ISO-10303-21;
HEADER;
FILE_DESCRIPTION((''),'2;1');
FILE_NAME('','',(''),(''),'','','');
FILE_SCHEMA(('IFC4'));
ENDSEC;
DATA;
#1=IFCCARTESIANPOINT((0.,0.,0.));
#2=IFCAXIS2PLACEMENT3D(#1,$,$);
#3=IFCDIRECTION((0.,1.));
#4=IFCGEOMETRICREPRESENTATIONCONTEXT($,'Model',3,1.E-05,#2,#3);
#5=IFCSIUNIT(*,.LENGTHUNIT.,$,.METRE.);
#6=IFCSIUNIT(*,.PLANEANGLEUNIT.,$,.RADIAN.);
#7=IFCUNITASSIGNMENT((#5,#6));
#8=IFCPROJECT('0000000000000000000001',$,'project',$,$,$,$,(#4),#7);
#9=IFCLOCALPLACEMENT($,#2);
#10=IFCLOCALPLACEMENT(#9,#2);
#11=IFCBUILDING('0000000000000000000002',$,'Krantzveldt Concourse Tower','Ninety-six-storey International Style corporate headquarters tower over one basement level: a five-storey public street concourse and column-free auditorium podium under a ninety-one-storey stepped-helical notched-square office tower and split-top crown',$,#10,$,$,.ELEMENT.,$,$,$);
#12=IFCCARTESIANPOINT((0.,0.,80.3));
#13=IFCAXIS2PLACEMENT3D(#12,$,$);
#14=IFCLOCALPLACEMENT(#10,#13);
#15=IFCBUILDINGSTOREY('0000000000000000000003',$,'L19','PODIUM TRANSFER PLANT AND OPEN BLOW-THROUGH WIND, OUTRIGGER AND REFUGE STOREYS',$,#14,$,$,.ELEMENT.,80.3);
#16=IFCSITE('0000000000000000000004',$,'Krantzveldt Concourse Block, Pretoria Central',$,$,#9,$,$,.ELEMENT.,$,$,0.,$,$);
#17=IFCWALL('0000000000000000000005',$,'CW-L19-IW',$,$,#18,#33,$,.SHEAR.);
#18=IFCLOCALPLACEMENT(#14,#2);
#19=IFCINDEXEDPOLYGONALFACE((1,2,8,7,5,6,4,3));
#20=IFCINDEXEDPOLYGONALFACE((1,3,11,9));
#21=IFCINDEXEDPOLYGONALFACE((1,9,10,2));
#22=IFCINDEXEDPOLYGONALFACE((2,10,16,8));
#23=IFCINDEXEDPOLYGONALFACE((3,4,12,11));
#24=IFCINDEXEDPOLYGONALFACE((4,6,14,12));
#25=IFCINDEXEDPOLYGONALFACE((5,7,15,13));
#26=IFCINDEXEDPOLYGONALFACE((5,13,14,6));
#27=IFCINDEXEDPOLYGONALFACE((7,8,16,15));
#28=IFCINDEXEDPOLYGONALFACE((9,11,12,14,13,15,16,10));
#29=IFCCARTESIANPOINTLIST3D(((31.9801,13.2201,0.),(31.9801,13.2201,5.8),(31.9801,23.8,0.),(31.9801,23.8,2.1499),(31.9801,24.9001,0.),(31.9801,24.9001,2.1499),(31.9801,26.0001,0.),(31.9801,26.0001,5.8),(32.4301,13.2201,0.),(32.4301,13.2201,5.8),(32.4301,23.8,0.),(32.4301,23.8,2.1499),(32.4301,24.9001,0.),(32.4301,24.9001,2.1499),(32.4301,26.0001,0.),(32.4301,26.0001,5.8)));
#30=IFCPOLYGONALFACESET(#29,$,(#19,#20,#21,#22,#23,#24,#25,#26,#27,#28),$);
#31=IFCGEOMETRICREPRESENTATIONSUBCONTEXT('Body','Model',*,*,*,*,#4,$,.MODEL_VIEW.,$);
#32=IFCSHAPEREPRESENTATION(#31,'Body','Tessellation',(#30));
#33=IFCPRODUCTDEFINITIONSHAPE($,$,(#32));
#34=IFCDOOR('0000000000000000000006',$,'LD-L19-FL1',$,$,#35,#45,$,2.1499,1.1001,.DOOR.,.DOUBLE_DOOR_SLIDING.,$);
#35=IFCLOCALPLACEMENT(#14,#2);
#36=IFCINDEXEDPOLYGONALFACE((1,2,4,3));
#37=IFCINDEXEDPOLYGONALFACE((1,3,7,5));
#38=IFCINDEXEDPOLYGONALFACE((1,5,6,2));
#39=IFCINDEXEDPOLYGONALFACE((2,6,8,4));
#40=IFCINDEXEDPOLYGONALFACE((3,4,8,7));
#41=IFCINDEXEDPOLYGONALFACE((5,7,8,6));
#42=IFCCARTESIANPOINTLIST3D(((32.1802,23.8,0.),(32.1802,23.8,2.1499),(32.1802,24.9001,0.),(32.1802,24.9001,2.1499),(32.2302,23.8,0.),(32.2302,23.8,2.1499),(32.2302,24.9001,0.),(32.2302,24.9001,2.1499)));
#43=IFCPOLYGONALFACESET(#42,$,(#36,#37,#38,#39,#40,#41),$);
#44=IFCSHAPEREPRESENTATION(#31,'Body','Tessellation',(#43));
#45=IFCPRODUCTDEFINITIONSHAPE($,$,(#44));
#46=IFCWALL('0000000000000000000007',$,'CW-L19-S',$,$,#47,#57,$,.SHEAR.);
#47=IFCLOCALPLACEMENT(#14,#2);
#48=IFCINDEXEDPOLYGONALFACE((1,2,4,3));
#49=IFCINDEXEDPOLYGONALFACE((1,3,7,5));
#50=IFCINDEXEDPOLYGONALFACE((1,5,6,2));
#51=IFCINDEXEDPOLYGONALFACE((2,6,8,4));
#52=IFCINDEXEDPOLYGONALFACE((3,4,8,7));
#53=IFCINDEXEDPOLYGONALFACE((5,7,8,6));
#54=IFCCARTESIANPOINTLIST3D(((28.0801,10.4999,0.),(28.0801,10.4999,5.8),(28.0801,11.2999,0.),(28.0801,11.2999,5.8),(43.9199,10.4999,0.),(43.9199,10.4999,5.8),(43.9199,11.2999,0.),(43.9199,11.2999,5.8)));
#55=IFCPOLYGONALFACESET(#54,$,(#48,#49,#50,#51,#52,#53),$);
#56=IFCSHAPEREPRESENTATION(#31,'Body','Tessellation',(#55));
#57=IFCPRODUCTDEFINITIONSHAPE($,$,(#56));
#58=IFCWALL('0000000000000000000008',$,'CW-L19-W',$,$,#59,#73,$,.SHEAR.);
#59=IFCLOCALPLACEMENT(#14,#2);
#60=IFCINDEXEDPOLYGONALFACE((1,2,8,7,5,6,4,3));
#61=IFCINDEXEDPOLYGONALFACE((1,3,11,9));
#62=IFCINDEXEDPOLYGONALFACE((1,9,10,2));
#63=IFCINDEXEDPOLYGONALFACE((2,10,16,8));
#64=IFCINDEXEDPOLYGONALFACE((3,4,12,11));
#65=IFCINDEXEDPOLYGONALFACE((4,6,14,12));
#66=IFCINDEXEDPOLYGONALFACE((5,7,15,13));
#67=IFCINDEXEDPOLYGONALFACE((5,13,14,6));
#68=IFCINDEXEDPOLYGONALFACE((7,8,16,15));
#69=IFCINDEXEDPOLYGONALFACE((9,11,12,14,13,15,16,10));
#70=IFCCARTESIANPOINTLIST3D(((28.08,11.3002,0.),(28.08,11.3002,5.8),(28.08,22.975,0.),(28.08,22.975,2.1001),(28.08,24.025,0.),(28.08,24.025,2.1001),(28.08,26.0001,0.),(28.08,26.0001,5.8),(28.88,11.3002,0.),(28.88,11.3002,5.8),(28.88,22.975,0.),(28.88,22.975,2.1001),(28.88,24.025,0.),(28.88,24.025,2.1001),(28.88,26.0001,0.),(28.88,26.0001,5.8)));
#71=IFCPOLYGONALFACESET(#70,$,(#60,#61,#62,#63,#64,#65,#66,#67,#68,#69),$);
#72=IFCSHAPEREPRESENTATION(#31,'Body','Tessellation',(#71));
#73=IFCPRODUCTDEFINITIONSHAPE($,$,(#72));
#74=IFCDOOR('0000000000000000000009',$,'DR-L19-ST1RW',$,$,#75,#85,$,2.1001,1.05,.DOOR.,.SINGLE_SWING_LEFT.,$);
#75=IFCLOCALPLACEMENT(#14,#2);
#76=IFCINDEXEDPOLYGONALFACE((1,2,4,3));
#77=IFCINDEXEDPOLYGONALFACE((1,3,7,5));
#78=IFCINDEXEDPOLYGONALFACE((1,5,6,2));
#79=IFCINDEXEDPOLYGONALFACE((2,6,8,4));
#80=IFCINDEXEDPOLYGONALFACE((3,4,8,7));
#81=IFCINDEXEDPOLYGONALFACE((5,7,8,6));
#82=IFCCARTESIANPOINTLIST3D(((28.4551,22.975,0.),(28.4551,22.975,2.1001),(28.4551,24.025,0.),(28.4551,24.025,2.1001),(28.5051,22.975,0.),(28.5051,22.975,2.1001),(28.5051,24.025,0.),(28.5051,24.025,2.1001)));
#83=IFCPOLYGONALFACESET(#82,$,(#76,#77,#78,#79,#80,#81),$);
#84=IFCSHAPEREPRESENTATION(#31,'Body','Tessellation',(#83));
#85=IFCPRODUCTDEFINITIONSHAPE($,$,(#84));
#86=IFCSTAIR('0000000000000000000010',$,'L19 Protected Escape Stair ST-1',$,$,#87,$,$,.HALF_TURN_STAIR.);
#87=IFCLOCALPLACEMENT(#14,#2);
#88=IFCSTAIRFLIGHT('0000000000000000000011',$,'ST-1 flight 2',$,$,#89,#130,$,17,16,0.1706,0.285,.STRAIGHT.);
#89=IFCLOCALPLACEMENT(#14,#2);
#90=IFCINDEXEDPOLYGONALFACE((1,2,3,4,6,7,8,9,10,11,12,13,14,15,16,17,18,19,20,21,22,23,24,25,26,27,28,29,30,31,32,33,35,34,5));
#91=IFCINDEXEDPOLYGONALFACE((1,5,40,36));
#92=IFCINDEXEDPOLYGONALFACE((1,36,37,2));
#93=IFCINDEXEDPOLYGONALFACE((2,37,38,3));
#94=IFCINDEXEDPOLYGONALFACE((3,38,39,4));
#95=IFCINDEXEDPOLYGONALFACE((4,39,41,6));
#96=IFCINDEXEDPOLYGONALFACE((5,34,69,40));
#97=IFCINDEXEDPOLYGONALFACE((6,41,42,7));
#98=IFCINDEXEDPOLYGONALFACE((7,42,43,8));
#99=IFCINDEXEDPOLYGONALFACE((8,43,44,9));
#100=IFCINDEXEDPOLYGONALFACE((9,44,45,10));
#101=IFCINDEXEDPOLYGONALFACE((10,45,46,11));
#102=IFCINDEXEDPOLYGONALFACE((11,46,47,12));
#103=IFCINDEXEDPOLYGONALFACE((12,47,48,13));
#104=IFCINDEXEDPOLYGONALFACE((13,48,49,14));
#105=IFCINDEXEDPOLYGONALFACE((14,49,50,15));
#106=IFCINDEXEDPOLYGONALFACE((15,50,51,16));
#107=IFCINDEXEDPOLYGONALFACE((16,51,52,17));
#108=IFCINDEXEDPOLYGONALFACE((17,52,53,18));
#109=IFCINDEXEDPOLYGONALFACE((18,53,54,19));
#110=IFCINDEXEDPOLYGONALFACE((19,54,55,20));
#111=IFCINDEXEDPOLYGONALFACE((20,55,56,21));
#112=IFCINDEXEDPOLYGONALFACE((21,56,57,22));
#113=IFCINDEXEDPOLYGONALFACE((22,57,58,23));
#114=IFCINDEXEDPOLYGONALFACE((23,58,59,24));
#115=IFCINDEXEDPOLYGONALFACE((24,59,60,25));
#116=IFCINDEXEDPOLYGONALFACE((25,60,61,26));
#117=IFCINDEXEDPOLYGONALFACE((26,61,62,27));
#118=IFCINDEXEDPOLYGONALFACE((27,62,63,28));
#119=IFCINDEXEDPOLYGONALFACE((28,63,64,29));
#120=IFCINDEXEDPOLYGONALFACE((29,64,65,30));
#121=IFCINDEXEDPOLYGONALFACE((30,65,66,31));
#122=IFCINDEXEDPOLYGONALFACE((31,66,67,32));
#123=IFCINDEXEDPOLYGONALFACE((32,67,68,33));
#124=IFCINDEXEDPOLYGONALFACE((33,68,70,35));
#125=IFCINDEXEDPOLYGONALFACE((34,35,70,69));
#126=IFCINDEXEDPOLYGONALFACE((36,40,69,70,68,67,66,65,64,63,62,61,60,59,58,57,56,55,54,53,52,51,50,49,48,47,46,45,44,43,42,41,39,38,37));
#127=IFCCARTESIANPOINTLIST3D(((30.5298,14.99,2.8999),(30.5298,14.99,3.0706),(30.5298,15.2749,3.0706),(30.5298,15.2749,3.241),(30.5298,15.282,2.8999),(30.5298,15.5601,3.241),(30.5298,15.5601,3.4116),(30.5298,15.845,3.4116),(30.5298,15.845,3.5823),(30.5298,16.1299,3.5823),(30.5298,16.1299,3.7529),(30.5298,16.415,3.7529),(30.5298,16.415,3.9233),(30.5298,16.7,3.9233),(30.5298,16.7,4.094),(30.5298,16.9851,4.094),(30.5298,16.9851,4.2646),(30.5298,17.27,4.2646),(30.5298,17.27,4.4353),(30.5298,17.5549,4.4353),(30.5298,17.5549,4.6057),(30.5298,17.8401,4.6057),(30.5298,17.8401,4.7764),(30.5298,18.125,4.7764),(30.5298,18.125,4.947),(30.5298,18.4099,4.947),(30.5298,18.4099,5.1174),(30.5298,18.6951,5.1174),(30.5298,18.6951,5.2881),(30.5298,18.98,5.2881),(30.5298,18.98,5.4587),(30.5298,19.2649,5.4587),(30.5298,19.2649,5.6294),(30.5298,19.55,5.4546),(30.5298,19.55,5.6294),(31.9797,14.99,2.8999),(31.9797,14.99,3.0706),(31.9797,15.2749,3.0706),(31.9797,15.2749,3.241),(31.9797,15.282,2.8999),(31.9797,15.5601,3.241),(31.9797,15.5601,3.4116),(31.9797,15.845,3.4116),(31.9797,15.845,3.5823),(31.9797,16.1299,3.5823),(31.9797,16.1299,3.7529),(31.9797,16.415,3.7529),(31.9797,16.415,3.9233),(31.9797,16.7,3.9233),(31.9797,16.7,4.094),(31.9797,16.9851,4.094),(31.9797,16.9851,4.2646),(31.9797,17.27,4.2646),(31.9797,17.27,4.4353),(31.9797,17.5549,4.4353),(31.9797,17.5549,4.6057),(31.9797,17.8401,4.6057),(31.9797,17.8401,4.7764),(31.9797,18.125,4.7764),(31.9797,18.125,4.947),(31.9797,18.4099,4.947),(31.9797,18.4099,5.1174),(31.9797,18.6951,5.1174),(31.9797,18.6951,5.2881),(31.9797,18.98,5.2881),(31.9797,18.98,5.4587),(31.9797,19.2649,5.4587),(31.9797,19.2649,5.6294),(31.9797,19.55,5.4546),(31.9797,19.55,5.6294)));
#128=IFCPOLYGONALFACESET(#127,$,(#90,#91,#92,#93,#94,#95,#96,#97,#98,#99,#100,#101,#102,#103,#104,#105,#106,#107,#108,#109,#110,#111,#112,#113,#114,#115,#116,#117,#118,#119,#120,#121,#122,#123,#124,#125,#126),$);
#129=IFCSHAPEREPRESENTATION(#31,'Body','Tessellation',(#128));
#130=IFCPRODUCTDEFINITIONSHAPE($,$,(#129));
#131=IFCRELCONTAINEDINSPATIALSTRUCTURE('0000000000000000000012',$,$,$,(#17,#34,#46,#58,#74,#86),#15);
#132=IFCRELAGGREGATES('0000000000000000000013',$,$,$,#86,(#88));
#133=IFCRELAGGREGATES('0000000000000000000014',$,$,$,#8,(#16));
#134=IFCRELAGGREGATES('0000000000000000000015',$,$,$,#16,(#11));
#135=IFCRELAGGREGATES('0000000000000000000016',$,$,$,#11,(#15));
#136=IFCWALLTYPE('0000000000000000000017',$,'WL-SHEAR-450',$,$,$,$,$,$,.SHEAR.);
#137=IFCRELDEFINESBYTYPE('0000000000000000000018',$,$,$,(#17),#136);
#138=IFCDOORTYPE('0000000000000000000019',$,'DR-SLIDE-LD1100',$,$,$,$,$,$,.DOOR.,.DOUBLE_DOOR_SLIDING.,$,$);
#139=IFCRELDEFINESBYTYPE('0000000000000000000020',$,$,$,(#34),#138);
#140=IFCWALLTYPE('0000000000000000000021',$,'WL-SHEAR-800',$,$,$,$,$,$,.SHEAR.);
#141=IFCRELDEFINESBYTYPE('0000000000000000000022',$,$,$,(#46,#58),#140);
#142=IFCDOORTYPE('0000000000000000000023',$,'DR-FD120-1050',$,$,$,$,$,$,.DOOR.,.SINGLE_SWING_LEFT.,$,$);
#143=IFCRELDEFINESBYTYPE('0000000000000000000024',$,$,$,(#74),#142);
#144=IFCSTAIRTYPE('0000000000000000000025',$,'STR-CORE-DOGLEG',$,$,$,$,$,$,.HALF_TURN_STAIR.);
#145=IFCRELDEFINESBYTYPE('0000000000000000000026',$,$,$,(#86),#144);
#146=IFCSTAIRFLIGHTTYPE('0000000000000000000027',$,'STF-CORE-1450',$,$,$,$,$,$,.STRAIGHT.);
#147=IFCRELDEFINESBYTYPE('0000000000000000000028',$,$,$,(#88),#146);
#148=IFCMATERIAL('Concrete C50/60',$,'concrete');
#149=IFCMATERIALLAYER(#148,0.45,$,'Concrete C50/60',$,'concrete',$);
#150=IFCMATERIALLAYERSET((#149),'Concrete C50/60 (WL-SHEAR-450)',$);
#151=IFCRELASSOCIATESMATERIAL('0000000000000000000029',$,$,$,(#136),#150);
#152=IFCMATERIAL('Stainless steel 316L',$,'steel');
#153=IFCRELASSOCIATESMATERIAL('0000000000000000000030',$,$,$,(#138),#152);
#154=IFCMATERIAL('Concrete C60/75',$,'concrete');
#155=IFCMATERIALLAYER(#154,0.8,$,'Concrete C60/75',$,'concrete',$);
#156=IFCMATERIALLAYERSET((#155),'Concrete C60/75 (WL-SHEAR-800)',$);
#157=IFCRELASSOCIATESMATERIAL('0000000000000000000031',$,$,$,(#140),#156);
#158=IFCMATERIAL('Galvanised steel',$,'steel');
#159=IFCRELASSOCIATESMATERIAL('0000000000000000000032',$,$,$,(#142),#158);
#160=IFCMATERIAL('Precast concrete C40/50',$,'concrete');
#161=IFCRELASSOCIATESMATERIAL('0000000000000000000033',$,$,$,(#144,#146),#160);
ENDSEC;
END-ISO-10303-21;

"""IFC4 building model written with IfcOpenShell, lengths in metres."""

from ifc_helpers import new_model, si_unit, direction, frame, frame_2d, origin, place, context, subcontext, project, spatial, polyline, rectangle, outline, extrude, material, layer, layer_set, type_object, element, fill, aggregate, save


model = new_model("IFC4")

# Units and contexts
model_context = context("Model", 3, precision=1e-05, world=origin(), true_north=direction((0.0, 1.0)))
body_context = subcontext(model_context, "Body", "Model", "MODEL_VIEW")
ifc_project = project(units=[si_unit("LENGTHUNIT", "METRE"), si_unit("PLANEANGLEUNIT", "RADIAN")], contexts=[model_context])

# Site, building, storey
site_placement = place(None, origin())
site = spatial("IfcSite", under=ifc_project, at=site_placement, Name="Krantzveldt Concourse Block, Pretoria Central", CompositionType="ELEMENT", RefElevation=0.0)
building_placement = place(site_placement, origin())
building = spatial("IfcBuilding", under=site, at=building_placement, Name="Krantzveldt Concourse Tower", Description="Ninety-six-storey International Style corporate headquarters tower over one basement level: a five-storey public street concourse and column-free auditorium podium under a ninety-one-storey stepped-helical notched-square office tower and split-top crown", CompositionType="ELEMENT")
storey_placement = place(building_placement, frame((0.0, 0.0, 80.3)))
storey = spatial("IfcBuildingStorey", under=building, at=storey_placement, Name="L19", Description="PODIUM TRANSFER PLANT AND OPEN BLOW-THROUGH WIND, OUTRIGGER AND REFUGE STOREYS", CompositionType="ELEMENT", Elevation=80.3)

# Shared definitions
ifc_material_1 = material(Name="Concrete C50/60", Category="concrete")

# Wall, opening, door
ifc_layer_1 = layer(ifc_material_1, 0.45, Name="Concrete C50/60", Category="concrete")
ifc_layer_set_1 = layer_set([ifc_layer_1], Name="Concrete C50/60 (WL-SHEAR-450)")
wall_type_1 = type_object("IfcWallType", Name="WL-SHEAR-450", PredefinedType="SHEAR", material=ifc_layer_set_1)
wall_1_placement = place(storey_placement, frame((32.2051, 13.22, 0.0), z_axis=(0.0, 0.0, 1.0), x_axis=(0.0, 1.0, 0.0)))
wall_1 = element("IfcWall", 1, at=wall_1_placement, inside=storey, type_object=wall_type_1, Name="CW-L19-IW", PredefinedType="SHEAR", context=body_context, shape_type="SweptSolid", body=[
    extrude(rectangle(XDim=12.78, YDim=0.45, at=frame_2d((6.3901, 0.0))), origin(), (0.0, 0.0, 1.0), 5.8),
])
opening_1_placement = place(wall_1_placement, frame((10.5801, 0.0, 0.0)))
opening_1 = element("IfcOpeningElement", 2, at=opening_1_placement, cuts=wall_1, PredefinedType="OPENING", context=body_context, shape_type="SweptSolid", body=[
    extrude(rectangle(XDim=1.1001, YDim=2.1499, at=frame_2d((0.55, 1.075))), frame((0.0, 0.2349, 0.0), z_axis=(0.0, -1.0, 0.0), x_axis=(1.0, 0.0, 0.0)), (0.0, 0.0, 1.0), 0.47),
])
ifc_material_2 = material(Name="Stainless steel 316L", Category="steel")
door_type_1 = type_object("IfcDoorType", Name="DR-SLIDE-LD1100", OperationType="DOUBLE_DOOR_SLIDING", PredefinedType="DOOR", material=ifc_material_2)
door_1_placement = place(opening_1_placement, origin())
door_1 = element("IfcDoor", 3, at=door_1_placement, inside=storey, type_object=door_type_1, Name="LD-L19-FL1", OperationType="DOUBLE_DOOR_SLIDING", OverallHeight=2.1499, OverallWidth=1.1001, PredefinedType="DOOR", context=body_context, shape_type="SweptSolid", body=[
    extrude(rectangle(XDim=1.1001, YDim=2.1499, at=frame_2d((0.55, 1.075))), frame((0.0, 0.0249, 0.0), z_axis=(0.0, -1.0, 0.0), x_axis=(1.0, 0.0, 0.0)), (0.0, 0.0, 1.0), 0.05),
])
fill(opening_1, door_1)

# Wall
ifc_material_3 = material(Name="Concrete C60/75", Category="concrete")
ifc_layer_2 = layer(ifc_material_3, 0.8, Name="Concrete C60/75", Category="concrete")
ifc_layer_set_2 = layer_set([ifc_layer_2], Name="Concrete C60/75 (WL-SHEAR-800)")
wall_type_2 = type_object("IfcWallType", Name="WL-SHEAR-800", PredefinedType="SHEAR", material=ifc_layer_set_2)
wall_2_placement = place(storey_placement, frame((28.0801, 10.8999, 0.0), z_axis=(0.0, 0.0, 1.0), x_axis=(1.0, 0.0, 0.0)))
element("IfcWall", 4, at=wall_2_placement, inside=storey, type_object=wall_type_2, Name="CW-L19-S", PredefinedType="SHEAR", context=body_context, shape_type="SweptSolid", body=[
    extrude(rectangle(XDim=15.8398, YDim=0.8, at=frame_2d((7.9199, 0.0))), origin(), (0.0, 0.0, 1.0), 5.8),
])

# Wall, opening, door
wall_3_placement = place(storey_placement, frame((28.48, 11.3, 0.0), z_axis=(0.0, 0.0, 1.0), x_axis=(0.0, 1.0, 0.0)))
wall_3 = element("IfcWall", 5, at=wall_3_placement, inside=storey, type_object=wall_type_2, Name="CW-L19-W", PredefinedType="SHEAR", context=body_context, shape_type="SweptSolid", body=[
    extrude(rectangle(XDim=14.7, YDim=0.8, at=frame_2d((7.3501, 0.0))), origin(), (0.0, 0.0, 1.0), 5.8),
])
opening_2_placement = place(wall_3_placement, frame((11.675, 0.0, 0.0)))
opening_2 = element("IfcOpeningElement", 6, at=opening_2_placement, cuts=wall_3, PredefinedType="OPENING", context=body_context, shape_type="SweptSolid", body=[
    extrude(rectangle(XDim=1.05, YDim=2.1001, at=frame_2d((0.5249, 1.05))), frame((0.0, 0.4102, 0.0), z_axis=(0.0, -1.0, 0.0), x_axis=(1.0, 0.0, 0.0)), (0.0, 0.0, 1.0), 0.8201),
])
ifc_material_4 = material(Name="Galvanised steel", Category="steel")
door_type_2 = type_object("IfcDoorType", Name="DR-FD120-1050", OperationType="SINGLE_SWING_LEFT", PredefinedType="DOOR", material=ifc_material_4)
door_2_placement = place(opening_2_placement, origin())
door_2 = element("IfcDoor", 7, at=door_2_placement, inside=storey, type_object=door_type_2, Name="DR-L19-ST1RW", OperationType="SINGLE_SWING_LEFT", OverallHeight=2.1001, OverallWidth=1.05, PredefinedType="DOOR", context=body_context, shape_type="SweptSolid", body=[
    extrude(rectangle(XDim=1.05, YDim=2.1001, at=frame_2d((0.5249, 1.05))), frame((0.0, 0.0249, 0.0), z_axis=(0.0, -1.0, 0.0), x_axis=(1.0, 0.0, 0.0)), (0.0, 0.0, 1.0), 0.05),
])
fill(opening_2, door_2)

# Stair, stair flight
ifc_material_5 = material(Name="Precast concrete C40/50", Category="concrete")
stair_type = type_object("IfcStairType", Name="STR-CORE-DOGLEG", PredefinedType="HALF_TURN_STAIR", material=ifc_material_5)
stair_placement = place(storey_placement, origin())
stair = element("IfcStair", 8, at=stair_placement, inside=storey, type_object=stair_type, Name="L19 Protected Escape Stair ST-1", PredefinedType="HALF_TURN_STAIR")
stair_flight_type = type_object("IfcStairFlightType", Name="STF-CORE-1450", PredefinedType="STRAIGHT", material=ifc_material_5)
stair_flight_placement = place(storey_placement, frame((31.2549, 14.99, 2.8999), z_axis=(0.0, 0.0, 1.0), x_axis=(0.0, 1.0, 0.0)))
stair_flight = element("IfcStairFlight", 9, at=stair_flight_placement, type_object=stair_flight_type, Name="ST-1 flight 2", NumberOfRisers=17, NumberOfTreads=16, PredefinedType="STRAIGHT", RiserHeight=0.1706, TreadLength=0.285, context=body_context, shape_type="SweptSolid", body=[
    extrude(outline(polyline([(0.0, 0.0), (0.0, 0.1707), (0.2849, 0.1707), (0.2849, 0.3411), (0.5701, 0.3411), (0.5701, 0.5117), (0.855, 0.5117), (0.855, 0.6824), (1.1399, 0.6824), (1.1399, 0.853), (1.425, 0.853), (1.425, 1.0234), (1.71, 1.0234), (1.71, 1.1941), (1.9951, 1.1941), (1.9951, 1.3647), (2.28, 1.3647), (2.28, 1.5354), (2.5649, 1.5354), (2.5649, 1.7058), (2.8501, 1.7058), (2.8501, 1.8765), (3.135, 1.8765), (3.135, 2.0471), (3.4199, 2.0471), (3.4199, 2.2175), (3.7051, 2.2175), (3.7051, 2.3882), (3.99, 2.3882), (3.99, 2.5588), (4.2749, 2.5588), (4.2749, 2.7295), (4.5601, 2.7295), (4.5601, 2.8999), (4.5601, 2.5547), (0.292, 0.0), (0.0, 0.0)])), frame((0.0, 0.7251, 0.0), z_axis=(0.0, -1.0, 0.0), x_axis=(1.0, 0.0, 0.0)), (0.0, 0.0, 1.0), 1.45),
])
aggregate(stair, [stair_flight])

save(model, "model.ifc")
